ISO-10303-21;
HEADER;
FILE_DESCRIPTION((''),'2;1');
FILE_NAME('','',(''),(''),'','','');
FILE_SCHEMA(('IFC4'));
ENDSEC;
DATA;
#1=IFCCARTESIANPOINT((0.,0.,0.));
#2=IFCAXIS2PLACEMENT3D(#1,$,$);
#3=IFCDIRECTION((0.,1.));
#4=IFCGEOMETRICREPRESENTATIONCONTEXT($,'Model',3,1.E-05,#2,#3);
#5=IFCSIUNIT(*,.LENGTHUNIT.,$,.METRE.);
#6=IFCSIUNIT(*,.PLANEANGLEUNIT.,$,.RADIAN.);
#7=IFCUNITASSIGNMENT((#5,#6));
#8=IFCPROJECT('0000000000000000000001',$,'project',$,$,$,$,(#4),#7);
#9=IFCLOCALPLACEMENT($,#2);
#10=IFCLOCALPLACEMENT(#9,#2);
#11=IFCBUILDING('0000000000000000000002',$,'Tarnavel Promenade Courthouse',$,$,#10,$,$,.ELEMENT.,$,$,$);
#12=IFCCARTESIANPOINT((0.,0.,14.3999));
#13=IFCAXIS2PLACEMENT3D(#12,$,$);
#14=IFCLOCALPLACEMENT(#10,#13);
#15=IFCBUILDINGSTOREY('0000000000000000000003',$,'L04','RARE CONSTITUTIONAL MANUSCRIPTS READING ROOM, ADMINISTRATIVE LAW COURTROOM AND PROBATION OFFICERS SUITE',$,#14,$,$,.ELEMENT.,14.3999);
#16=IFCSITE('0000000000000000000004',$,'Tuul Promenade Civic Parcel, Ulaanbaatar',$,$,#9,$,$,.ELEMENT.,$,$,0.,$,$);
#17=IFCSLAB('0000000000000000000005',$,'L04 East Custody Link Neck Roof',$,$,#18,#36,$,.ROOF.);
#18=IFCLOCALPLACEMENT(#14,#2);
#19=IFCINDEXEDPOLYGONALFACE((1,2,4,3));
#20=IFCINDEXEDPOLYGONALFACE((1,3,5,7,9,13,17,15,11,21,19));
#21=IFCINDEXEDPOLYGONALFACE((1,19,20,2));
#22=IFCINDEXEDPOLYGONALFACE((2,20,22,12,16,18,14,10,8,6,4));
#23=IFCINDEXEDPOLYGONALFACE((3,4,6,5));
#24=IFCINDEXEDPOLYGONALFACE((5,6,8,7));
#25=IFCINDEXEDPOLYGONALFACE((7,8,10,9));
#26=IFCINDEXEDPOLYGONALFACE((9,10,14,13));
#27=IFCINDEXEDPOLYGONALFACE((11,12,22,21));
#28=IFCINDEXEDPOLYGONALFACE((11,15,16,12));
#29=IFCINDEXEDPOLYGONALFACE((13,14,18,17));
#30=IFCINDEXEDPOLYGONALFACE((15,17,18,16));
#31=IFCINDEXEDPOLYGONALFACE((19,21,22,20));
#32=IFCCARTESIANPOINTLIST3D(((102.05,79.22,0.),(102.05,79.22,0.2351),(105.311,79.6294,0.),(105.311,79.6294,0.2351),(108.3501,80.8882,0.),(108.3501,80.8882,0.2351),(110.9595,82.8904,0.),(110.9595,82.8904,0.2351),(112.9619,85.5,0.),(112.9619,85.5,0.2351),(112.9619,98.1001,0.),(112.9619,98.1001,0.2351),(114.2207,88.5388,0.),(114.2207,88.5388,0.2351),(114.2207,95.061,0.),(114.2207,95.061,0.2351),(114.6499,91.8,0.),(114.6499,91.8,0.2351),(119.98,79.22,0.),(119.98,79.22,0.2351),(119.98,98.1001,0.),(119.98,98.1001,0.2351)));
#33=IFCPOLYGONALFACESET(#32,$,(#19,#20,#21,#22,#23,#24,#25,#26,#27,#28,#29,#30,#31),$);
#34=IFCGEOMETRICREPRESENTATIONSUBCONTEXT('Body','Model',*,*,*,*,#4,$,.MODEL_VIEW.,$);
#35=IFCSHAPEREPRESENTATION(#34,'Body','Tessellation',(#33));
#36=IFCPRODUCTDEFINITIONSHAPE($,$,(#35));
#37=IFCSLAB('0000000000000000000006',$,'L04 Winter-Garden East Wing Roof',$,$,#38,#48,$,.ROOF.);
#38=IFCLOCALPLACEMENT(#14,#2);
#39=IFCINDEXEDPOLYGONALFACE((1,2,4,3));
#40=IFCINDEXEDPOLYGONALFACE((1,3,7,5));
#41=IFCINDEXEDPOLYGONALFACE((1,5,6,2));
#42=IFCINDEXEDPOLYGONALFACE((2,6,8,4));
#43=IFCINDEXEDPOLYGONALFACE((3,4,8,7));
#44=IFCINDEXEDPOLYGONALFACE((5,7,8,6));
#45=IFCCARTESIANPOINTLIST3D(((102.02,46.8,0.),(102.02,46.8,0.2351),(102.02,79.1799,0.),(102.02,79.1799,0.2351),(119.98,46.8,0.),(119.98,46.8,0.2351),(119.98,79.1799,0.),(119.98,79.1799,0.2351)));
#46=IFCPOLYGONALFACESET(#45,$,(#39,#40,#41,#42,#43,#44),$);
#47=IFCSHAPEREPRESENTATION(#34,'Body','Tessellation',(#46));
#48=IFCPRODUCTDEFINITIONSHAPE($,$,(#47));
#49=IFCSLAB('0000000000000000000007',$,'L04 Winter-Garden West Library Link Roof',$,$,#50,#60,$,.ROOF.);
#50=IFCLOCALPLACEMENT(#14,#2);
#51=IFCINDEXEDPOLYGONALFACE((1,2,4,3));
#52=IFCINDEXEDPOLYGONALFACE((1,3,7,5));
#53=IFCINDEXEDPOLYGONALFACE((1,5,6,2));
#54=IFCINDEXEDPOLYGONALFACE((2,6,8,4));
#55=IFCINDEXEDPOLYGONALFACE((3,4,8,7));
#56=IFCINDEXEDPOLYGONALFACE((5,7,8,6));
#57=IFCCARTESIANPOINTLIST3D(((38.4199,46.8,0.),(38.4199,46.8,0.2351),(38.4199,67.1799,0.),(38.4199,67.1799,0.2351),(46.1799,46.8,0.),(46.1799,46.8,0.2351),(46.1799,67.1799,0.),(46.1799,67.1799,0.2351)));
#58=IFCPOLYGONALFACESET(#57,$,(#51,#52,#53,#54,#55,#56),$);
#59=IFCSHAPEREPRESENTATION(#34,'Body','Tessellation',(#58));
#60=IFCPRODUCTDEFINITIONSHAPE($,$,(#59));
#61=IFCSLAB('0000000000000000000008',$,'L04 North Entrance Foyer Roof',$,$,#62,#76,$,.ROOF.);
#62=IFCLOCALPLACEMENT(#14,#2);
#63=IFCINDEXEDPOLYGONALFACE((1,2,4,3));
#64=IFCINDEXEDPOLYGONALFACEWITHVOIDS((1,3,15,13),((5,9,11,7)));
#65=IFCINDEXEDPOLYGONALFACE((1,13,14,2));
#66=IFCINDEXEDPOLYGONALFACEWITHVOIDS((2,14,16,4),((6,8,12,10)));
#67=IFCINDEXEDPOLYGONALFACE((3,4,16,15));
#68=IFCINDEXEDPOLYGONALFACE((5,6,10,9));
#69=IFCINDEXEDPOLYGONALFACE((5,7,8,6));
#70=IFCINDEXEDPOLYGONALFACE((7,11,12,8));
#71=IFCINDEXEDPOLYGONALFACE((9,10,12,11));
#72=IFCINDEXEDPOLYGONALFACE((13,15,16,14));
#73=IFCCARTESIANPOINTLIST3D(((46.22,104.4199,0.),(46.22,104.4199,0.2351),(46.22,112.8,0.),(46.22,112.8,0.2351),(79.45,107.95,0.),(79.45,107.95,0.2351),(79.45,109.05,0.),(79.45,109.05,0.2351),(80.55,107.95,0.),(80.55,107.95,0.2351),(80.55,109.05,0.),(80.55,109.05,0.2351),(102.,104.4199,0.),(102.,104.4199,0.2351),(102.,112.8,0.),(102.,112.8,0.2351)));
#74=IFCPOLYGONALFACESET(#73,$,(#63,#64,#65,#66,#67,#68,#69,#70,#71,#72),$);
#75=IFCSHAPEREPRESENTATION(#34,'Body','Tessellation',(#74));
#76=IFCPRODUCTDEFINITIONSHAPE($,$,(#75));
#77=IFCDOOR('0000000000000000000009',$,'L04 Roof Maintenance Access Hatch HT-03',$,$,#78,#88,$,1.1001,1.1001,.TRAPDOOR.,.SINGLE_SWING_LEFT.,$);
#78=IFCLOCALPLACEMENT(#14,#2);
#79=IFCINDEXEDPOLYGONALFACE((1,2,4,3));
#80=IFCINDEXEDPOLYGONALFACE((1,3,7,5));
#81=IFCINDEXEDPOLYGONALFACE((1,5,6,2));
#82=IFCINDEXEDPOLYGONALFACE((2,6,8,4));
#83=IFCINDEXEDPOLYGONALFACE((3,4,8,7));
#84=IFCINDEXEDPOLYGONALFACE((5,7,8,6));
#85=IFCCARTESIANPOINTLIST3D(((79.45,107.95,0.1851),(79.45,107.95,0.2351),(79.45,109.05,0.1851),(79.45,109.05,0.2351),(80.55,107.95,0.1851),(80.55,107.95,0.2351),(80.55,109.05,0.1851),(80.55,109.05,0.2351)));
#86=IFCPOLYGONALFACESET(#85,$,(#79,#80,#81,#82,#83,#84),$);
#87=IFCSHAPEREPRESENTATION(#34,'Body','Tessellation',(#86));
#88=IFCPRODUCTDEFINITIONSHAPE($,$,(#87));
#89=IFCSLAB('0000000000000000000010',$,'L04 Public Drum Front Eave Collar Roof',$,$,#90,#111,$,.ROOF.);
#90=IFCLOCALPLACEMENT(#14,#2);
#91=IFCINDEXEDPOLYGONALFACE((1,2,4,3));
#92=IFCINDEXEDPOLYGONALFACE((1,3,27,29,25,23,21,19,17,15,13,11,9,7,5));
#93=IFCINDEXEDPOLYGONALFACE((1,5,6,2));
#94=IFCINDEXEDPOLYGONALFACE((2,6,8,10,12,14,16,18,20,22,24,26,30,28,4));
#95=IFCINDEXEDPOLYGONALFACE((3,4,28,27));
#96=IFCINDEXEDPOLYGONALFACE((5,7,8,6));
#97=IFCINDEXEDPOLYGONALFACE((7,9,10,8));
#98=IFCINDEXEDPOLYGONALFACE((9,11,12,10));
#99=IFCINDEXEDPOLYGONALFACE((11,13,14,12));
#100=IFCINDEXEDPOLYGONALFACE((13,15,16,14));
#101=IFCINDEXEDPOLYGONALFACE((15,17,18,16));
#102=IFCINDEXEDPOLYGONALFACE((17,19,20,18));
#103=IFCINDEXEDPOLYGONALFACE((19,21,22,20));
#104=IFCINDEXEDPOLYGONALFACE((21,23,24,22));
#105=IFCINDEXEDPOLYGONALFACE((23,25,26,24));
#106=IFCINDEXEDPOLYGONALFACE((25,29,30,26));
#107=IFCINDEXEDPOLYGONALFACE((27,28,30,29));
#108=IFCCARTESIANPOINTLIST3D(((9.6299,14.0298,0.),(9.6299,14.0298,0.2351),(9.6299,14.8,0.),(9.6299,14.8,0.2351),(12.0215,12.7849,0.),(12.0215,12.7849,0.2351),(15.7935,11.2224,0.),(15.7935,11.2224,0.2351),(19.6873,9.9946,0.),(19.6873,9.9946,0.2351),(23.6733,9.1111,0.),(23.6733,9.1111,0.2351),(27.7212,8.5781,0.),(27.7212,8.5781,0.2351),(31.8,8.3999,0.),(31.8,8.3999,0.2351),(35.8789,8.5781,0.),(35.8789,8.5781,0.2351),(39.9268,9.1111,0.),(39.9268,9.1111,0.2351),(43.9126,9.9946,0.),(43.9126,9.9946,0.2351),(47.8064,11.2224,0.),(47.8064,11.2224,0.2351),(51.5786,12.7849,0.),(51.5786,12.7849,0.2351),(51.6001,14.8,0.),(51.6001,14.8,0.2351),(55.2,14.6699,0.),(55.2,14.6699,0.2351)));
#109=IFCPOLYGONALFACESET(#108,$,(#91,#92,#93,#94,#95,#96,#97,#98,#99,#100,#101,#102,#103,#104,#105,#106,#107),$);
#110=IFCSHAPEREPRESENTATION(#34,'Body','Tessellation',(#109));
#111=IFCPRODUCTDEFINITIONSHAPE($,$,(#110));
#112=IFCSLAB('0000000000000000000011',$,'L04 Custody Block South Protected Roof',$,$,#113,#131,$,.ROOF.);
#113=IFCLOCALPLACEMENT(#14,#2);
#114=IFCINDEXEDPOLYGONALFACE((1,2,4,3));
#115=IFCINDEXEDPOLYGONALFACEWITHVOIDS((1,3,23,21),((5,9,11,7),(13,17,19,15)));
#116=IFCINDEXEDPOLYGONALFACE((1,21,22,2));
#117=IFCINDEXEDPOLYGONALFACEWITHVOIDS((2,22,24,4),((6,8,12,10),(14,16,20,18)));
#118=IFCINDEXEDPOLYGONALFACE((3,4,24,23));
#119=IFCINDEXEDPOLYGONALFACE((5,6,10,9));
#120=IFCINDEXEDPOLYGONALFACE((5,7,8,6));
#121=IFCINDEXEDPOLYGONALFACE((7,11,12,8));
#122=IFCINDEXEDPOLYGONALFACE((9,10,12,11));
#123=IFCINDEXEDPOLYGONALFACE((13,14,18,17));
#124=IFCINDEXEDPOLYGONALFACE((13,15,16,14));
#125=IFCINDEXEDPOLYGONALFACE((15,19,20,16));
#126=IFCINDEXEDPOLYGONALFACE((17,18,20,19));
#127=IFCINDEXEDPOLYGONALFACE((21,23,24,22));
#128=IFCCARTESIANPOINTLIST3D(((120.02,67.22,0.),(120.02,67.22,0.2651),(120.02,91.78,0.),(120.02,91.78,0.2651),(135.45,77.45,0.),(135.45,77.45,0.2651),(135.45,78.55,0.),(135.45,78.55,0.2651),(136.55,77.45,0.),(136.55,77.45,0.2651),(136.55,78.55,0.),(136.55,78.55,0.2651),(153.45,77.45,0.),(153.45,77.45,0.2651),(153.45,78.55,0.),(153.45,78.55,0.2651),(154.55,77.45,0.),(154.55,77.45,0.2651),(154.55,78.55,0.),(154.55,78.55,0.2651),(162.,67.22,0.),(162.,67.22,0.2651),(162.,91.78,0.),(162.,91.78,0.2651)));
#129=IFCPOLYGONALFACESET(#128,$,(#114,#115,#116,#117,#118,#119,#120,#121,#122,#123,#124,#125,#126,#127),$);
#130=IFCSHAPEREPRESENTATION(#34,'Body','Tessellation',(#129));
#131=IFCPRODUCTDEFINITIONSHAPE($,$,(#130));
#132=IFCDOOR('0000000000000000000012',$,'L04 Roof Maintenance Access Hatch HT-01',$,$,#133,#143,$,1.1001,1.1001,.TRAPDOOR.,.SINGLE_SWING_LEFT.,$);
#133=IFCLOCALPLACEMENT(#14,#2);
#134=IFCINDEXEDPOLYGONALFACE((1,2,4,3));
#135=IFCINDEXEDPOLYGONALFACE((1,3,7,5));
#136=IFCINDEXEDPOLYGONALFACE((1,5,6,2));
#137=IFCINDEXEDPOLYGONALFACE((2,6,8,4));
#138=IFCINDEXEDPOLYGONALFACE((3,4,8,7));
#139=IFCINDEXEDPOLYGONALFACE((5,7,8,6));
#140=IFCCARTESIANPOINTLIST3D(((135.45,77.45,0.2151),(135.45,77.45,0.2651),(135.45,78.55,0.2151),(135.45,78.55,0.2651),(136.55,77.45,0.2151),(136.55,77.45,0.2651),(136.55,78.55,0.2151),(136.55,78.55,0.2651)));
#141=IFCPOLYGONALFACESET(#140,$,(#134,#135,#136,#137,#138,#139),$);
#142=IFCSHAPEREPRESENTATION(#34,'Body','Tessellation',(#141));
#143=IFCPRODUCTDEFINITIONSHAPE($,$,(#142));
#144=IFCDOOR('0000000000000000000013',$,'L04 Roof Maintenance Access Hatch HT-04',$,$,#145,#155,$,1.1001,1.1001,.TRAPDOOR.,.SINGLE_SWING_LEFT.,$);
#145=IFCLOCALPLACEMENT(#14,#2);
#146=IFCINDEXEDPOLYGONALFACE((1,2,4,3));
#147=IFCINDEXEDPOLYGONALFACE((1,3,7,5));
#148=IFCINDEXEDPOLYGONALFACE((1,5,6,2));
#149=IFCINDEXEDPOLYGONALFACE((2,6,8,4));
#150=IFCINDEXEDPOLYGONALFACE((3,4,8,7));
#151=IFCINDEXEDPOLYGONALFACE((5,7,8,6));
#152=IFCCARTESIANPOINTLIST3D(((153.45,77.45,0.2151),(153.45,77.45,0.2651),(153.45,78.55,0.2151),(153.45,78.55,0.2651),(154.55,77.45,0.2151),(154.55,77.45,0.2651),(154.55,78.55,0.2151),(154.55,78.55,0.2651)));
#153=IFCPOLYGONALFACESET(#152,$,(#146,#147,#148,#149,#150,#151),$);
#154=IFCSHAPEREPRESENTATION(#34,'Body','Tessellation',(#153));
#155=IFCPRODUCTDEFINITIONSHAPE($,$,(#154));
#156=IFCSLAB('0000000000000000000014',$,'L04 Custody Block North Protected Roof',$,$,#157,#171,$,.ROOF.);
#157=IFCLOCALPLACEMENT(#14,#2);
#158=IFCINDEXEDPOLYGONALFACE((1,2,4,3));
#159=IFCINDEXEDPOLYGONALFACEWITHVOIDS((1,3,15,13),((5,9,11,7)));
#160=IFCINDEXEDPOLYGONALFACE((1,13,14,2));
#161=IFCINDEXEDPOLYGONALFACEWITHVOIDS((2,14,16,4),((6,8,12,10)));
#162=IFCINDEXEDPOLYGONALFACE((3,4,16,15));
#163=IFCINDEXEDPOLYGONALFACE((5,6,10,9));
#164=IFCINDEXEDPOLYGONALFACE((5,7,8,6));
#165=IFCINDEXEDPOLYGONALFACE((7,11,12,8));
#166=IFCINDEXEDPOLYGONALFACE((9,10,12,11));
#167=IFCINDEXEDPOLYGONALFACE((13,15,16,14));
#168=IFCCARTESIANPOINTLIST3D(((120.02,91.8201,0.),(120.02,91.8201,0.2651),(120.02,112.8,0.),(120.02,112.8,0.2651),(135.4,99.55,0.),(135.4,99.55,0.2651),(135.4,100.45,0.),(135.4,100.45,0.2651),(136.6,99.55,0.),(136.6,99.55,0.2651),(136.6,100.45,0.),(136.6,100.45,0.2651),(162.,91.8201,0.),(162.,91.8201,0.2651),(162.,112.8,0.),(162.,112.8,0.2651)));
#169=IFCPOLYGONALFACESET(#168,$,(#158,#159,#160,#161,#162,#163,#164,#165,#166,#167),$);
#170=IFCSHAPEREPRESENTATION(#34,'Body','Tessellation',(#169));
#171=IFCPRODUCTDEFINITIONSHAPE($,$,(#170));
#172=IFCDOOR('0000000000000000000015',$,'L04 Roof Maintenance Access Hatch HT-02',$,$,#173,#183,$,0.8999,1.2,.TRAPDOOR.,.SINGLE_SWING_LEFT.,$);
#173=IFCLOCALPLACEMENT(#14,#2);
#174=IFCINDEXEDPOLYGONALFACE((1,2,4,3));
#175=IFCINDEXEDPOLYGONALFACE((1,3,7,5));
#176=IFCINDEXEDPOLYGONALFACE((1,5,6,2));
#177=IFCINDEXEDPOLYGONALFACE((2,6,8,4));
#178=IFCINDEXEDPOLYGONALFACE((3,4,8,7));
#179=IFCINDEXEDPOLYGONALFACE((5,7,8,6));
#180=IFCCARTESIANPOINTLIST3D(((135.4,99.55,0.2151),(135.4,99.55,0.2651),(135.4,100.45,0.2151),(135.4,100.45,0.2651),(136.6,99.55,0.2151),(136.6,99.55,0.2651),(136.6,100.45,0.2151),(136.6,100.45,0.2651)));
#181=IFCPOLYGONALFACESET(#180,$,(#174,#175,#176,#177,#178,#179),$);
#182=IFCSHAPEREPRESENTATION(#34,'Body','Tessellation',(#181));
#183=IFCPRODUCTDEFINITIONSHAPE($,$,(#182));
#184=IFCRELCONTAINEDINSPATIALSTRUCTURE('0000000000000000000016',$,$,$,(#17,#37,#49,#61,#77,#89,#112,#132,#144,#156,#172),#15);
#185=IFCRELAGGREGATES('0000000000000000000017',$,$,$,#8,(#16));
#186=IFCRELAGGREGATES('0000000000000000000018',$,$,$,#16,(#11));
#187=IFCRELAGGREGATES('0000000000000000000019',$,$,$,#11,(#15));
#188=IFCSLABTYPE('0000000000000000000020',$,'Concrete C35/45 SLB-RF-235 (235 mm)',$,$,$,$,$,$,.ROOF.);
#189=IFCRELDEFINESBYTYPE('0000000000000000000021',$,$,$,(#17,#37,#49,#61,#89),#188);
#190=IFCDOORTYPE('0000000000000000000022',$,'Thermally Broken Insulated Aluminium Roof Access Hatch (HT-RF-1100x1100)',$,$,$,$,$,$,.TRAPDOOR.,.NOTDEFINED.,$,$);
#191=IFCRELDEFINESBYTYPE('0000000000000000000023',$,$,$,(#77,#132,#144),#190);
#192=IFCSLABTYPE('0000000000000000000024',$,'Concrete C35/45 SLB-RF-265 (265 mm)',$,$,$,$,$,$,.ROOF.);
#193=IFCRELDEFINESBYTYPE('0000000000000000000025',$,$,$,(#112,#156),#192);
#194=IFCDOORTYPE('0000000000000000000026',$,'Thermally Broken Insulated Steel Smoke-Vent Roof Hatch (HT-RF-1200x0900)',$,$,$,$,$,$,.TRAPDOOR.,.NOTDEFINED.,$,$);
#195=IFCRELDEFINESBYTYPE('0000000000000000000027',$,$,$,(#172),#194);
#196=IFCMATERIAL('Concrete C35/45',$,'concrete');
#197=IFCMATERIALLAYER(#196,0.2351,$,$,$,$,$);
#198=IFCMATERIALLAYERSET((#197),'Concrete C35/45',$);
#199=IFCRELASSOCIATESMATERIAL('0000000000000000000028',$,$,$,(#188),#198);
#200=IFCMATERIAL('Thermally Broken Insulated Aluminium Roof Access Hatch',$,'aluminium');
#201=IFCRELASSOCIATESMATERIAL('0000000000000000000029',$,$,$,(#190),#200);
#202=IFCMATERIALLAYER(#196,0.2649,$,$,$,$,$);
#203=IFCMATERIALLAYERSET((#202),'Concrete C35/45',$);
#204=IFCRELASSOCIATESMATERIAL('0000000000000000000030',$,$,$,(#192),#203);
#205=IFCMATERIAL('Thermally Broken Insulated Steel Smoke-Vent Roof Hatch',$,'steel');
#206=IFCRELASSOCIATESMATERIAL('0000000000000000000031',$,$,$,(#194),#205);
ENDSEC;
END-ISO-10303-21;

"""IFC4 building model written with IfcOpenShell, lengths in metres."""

from ifc_helpers import new_model, si_unit, direction, frame, origin, origin_2d, place, context, subcontext, project, spatial, polyline, rectangle, outline, extrude, material, layer, layer_set, type_object, element, fill, save


model = new_model("IFC4")

# Units and contexts
model_context = context("Model", 3, precision=1e-05, world=origin(), true_north=direction((0.0, 1.0)))
body_context = subcontext(model_context, "Body", "Model", "MODEL_VIEW")
ifc_project = project(units=[si_unit("LENGTHUNIT", "METRE"), si_unit("PLANEANGLEUNIT", "RADIAN")], contexts=[model_context])

# Site, building, storey
site_placement = place(None, origin())
site = spatial("IfcSite", under=ifc_project, at=site_placement, Name="Tuul Promenade Civic Parcel, Ulaanbaatar", CompositionType="ELEMENT", RefElevation=0.0)
building_placement = place(site_placement, origin())
building = spatial("IfcBuilding", under=site, at=building_placement, Name="Tarnavel Promenade Courthouse", CompositionType="ELEMENT")
storey_placement = place(building_placement, frame((0.0, 0.0, 14.3999)))
storey = spatial("IfcBuildingStorey", under=building, at=storey_placement, Name="L04", Description="RARE CONSTITUTIONAL MANUSCRIPTS READING ROOM, ADMINISTRATIVE LAW COURTROOM AND PROBATION OFFICERS SUITE", CompositionType="ELEMENT", Elevation=14.3999)

# Slabs
ifc_material_1 = material(Name="Concrete C35/45", Category="concrete")
ifc_layer_1 = layer(ifc_material_1, 0.2351)
ifc_layer_set_1 = layer_set([ifc_layer_1], Name="Concrete C35/45")
slab_type_1 = type_object("IfcSlabType", Name="Concrete C35/45 SLB-RF-235 (235 mm)", PredefinedType="ROOF", material=ifc_layer_set_1)
slab_1_placement = place(storey_placement, origin())
element("IfcSlab", 1, at=slab_1_placement, inside=storey, type_object=slab_type_1, Name="L04 East Custody Link Neck Roof", PredefinedType="ROOF", context=body_context, shape_type="SweptSolid", body=[
    extrude(outline(polyline([(102.05, 79.22), (119.98, 79.22), (119.98, 98.1001), (112.9619, 98.1001), (114.2207, 95.061), (114.6499, 91.8), (114.2207, 88.5388), (112.9619, 85.5), (110.9595, 82.8904), (108.3501, 80.8882), (105.311, 79.6294), (102.05, 79.22)])), origin(), (0.0, 0.0, 1.0), 0.2351),
])
slab_2_placement = place(storey_placement, origin())
element("IfcSlab", 2, at=slab_2_placement, inside=storey, type_object=slab_type_1, Name="L04 Winter-Garden East Wing Roof", PredefinedType="ROOF", context=body_context, shape_type="SweptSolid", body=[
    extrude(outline(polyline([(102.02, 46.8), (119.98, 46.8), (119.98, 79.1799), (102.02, 79.1799), (102.02, 46.8)])), origin(), (0.0, 0.0, 1.0), 0.2351),
])
slab_3_placement = place(storey_placement, origin())
element("IfcSlab", 3, at=slab_3_placement, inside=storey, type_object=slab_type_1, Name="L04 Winter-Garden West Library Link Roof", PredefinedType="ROOF", context=body_context, shape_type="SweptSolid", body=[
    extrude(outline(polyline([(38.4199, 46.8), (46.1799, 46.8), (46.1799, 67.1799), (38.4199, 67.1799), (38.4199, 46.8)])), origin(), (0.0, 0.0, 1.0), 0.2351),
])

# Slab, opening, door
slab_4_placement = place(storey_placement, origin())
slab_4 = element("IfcSlab", 4, at=slab_4_placement, inside=storey, type_object=slab_type_1, Name="L04 North Entrance Foyer Roof", PredefinedType="ROOF", context=body_context, shape_type="SweptSolid", body=[
    extrude(outline(polyline([(46.22, 104.4199), (102.0, 104.4199), (102.0, 112.8), (46.22, 112.8), (46.22, 104.4199)])), origin(), (0.0, 0.0, 1.0), 0.2351),
])
opening_1_placement = place(slab_4_placement, frame((80.0, 108.5, 0.0)))
opening_1 = element("IfcOpeningElement", 5, at=opening_1_placement, cuts=slab_4, PredefinedType="OPENING", context=body_context, shape_type="SweptSolid", body=[
    extrude(rectangle(XDim=1.1001, YDim=1.1001, at=origin_2d()), origin(), (0.0, 0.0, 1.0), 0.2351),
])
ifc_material_2 = material(Name="Thermally Broken Insulated Aluminium Roof Access Hatch", Category="aluminium")
door_type_1 = type_object("IfcDoorType", Name="Thermally Broken Insulated Aluminium Roof Access Hatch (HT-RF-1100x1100)", OperationType="NOTDEFINED", PredefinedType="TRAPDOOR", material=ifc_material_2)
door_1_placement = place(opening_1_placement, frame((0.0, 0.0, 0.1851)))
door_1 = element("IfcDoor", 6, at=door_1_placement, inside=storey, type_object=door_type_1, Name="L04 Roof Maintenance Access Hatch HT-03", OperationType="SINGLE_SWING_LEFT", OverallHeight=1.1001, OverallWidth=1.1001, PredefinedType="TRAPDOOR", context=body_context, shape_type="SweptSolid", body=[
    extrude(rectangle(XDim=1.1001, YDim=1.1001, at=origin_2d()), origin(), (0.0, 0.0, 1.0), 0.05),
])
fill(opening_1, door_1)

# Slab
slab_5_placement = place(storey_placement, origin())
element("IfcSlab", 7, at=slab_5_placement, inside=storey, type_object=slab_type_1, Name="L04 Public Drum Front Eave Collar Roof", PredefinedType="ROOF", context=body_context, shape_type="SweptSolid", body=[
    extrude(outline(polyline([(51.6001, 14.8), (55.2, 14.6699), (51.5786, 12.7849), (47.8064, 11.2224), (43.9126, 9.9946), (39.9268, 9.1111), (35.8789, 8.5781), (31.8, 8.3999), (27.7212, 8.5781), (23.6733, 9.1111), (19.6873, 9.9946), (15.7935, 11.2224), (12.0215, 12.7849), (9.6299, 14.0298), (9.6299, 14.8), (51.6001, 14.8)])), origin(), (0.0, 0.0, 1.0), 0.2351),
])

# Slab, openings, doors
ifc_layer_2 = layer(ifc_material_1, 0.2649)
ifc_layer_set_2 = layer_set([ifc_layer_2], Name="Concrete C35/45")
slab_type_2 = type_object("IfcSlabType", Name="Concrete C35/45 SLB-RF-265 (265 mm)", PredefinedType="ROOF", material=ifc_layer_set_2)
slab_6_placement = place(storey_placement, origin())
slab_6 = element("IfcSlab", 8, at=slab_6_placement, inside=storey, type_object=slab_type_2, Name="L04 Custody Block South Protected Roof", PredefinedType="ROOF", context=body_context, shape_type="SweptSolid", body=[
    extrude(outline(polyline([(120.02, 67.22), (162.0, 67.22), (162.0, 91.78), (120.02, 91.78), (120.02, 67.22)])), origin(), (0.0, 0.0, 1.0), 0.2651),
])
opening_2_placement = place(slab_6_placement, frame((136.0, 78.0, 0.0)))
opening_2 = element("IfcOpeningElement", 9, at=opening_2_placement, cuts=slab_6, PredefinedType="OPENING", context=body_context, shape_type="SweptSolid", body=[
    extrude(rectangle(XDim=1.1001, YDim=1.1001, at=origin_2d()), origin(), (0.0, 0.0, 1.0), 0.2651),
])
opening_3_placement = place(slab_6_placement, frame((154.0, 78.0, 0.0)))
opening_3 = element("IfcOpeningElement", 10, at=opening_3_placement, cuts=slab_6, PredefinedType="OPENING", context=body_context, shape_type="SweptSolid", body=[
    extrude(rectangle(XDim=1.1001, YDim=1.1001, at=origin_2d()), origin(), (0.0, 0.0, 1.0), 0.2651),
])
door_2_placement = place(opening_2_placement, frame((0.0, 0.0, 0.2151)))
door_2 = element("IfcDoor", 11, at=door_2_placement, inside=storey, type_object=door_type_1, Name="L04 Roof Maintenance Access Hatch HT-01", OperationType="SINGLE_SWING_LEFT", OverallHeight=1.1001, OverallWidth=1.1001, PredefinedType="TRAPDOOR", context=body_context, shape_type="SweptSolid", body=[
    extrude(rectangle(XDim=1.1001, YDim=1.1001, at=origin_2d()), origin(), (0.0, 0.0, 1.0), 0.05),
])
fill(opening_2, door_2)
door_3_placement = place(opening_3_placement, frame((0.0, 0.0, 0.2151)))
door_3 = element("IfcDoor", 12, at=door_3_placement, inside=storey, type_object=door_type_1, Name="L04 Roof Maintenance Access Hatch HT-04", OperationType="SINGLE_SWING_LEFT", OverallHeight=1.1001, OverallWidth=1.1001, PredefinedType="TRAPDOOR", context=body_context, shape_type="SweptSolid", body=[
    extrude(rectangle(XDim=1.1001, YDim=1.1001, at=origin_2d()), origin(), (0.0, 0.0, 1.0), 0.05),
])
fill(opening_3, door_3)

# Slab, opening, door
slab_7_placement = place(storey_placement, origin())
slab_7 = element("IfcSlab", 13, at=slab_7_placement, inside=storey, type_object=slab_type_2, Name="L04 Custody Block North Protected Roof", PredefinedType="ROOF", context=body_context, shape_type="SweptSolid", body=[
    extrude(outline(polyline([(120.02, 91.8201), (162.0, 91.8201), (162.0, 112.8), (120.02, 112.8), (120.02, 91.8201)])), origin(), (0.0, 0.0, 1.0), 0.2651),
])
opening_4_placement = place(slab_7_placement, frame((136.0, 100.0, 0.0)))
opening_4 = element("IfcOpeningElement", 14, at=opening_4_placement, cuts=slab_7, PredefinedType="OPENING", context=body_context, shape_type="SweptSolid", body=[
    extrude(rectangle(XDim=1.2, YDim=0.8999, at=origin_2d()), origin(), (0.0, 0.0, 1.0), 0.2651),
])
ifc_material_3 = material(Name="Thermally Broken Insulated Steel Smoke-Vent Roof Hatch", Category="steel")
door_type_2 = type_object("IfcDoorType", Name="Thermally Broken Insulated Steel Smoke-Vent Roof Hatch (HT-RF-1200x0900)", OperationType="NOTDEFINED", PredefinedType="TRAPDOOR", material=ifc_material_3)
door_4_placement = place(opening_4_placement, frame((0.0, 0.0, 0.2151)))
door_4 = element("IfcDoor", 15, at=door_4_placement, inside=storey, type_object=door_type_2, Name="L04 Roof Maintenance Access Hatch HT-02", OperationType="SINGLE_SWING_LEFT", OverallHeight=0.8999, OverallWidth=1.2, PredefinedType="TRAPDOOR", context=body_context, shape_type="SweptSolid", body=[
    extrude(rectangle(XDim=1.2, YDim=0.8999, at=origin_2d()), origin(), (0.0, 0.0, 1.0), 0.05),
])
fill(opening_4, door_4)

save(model, "model.ifc")
